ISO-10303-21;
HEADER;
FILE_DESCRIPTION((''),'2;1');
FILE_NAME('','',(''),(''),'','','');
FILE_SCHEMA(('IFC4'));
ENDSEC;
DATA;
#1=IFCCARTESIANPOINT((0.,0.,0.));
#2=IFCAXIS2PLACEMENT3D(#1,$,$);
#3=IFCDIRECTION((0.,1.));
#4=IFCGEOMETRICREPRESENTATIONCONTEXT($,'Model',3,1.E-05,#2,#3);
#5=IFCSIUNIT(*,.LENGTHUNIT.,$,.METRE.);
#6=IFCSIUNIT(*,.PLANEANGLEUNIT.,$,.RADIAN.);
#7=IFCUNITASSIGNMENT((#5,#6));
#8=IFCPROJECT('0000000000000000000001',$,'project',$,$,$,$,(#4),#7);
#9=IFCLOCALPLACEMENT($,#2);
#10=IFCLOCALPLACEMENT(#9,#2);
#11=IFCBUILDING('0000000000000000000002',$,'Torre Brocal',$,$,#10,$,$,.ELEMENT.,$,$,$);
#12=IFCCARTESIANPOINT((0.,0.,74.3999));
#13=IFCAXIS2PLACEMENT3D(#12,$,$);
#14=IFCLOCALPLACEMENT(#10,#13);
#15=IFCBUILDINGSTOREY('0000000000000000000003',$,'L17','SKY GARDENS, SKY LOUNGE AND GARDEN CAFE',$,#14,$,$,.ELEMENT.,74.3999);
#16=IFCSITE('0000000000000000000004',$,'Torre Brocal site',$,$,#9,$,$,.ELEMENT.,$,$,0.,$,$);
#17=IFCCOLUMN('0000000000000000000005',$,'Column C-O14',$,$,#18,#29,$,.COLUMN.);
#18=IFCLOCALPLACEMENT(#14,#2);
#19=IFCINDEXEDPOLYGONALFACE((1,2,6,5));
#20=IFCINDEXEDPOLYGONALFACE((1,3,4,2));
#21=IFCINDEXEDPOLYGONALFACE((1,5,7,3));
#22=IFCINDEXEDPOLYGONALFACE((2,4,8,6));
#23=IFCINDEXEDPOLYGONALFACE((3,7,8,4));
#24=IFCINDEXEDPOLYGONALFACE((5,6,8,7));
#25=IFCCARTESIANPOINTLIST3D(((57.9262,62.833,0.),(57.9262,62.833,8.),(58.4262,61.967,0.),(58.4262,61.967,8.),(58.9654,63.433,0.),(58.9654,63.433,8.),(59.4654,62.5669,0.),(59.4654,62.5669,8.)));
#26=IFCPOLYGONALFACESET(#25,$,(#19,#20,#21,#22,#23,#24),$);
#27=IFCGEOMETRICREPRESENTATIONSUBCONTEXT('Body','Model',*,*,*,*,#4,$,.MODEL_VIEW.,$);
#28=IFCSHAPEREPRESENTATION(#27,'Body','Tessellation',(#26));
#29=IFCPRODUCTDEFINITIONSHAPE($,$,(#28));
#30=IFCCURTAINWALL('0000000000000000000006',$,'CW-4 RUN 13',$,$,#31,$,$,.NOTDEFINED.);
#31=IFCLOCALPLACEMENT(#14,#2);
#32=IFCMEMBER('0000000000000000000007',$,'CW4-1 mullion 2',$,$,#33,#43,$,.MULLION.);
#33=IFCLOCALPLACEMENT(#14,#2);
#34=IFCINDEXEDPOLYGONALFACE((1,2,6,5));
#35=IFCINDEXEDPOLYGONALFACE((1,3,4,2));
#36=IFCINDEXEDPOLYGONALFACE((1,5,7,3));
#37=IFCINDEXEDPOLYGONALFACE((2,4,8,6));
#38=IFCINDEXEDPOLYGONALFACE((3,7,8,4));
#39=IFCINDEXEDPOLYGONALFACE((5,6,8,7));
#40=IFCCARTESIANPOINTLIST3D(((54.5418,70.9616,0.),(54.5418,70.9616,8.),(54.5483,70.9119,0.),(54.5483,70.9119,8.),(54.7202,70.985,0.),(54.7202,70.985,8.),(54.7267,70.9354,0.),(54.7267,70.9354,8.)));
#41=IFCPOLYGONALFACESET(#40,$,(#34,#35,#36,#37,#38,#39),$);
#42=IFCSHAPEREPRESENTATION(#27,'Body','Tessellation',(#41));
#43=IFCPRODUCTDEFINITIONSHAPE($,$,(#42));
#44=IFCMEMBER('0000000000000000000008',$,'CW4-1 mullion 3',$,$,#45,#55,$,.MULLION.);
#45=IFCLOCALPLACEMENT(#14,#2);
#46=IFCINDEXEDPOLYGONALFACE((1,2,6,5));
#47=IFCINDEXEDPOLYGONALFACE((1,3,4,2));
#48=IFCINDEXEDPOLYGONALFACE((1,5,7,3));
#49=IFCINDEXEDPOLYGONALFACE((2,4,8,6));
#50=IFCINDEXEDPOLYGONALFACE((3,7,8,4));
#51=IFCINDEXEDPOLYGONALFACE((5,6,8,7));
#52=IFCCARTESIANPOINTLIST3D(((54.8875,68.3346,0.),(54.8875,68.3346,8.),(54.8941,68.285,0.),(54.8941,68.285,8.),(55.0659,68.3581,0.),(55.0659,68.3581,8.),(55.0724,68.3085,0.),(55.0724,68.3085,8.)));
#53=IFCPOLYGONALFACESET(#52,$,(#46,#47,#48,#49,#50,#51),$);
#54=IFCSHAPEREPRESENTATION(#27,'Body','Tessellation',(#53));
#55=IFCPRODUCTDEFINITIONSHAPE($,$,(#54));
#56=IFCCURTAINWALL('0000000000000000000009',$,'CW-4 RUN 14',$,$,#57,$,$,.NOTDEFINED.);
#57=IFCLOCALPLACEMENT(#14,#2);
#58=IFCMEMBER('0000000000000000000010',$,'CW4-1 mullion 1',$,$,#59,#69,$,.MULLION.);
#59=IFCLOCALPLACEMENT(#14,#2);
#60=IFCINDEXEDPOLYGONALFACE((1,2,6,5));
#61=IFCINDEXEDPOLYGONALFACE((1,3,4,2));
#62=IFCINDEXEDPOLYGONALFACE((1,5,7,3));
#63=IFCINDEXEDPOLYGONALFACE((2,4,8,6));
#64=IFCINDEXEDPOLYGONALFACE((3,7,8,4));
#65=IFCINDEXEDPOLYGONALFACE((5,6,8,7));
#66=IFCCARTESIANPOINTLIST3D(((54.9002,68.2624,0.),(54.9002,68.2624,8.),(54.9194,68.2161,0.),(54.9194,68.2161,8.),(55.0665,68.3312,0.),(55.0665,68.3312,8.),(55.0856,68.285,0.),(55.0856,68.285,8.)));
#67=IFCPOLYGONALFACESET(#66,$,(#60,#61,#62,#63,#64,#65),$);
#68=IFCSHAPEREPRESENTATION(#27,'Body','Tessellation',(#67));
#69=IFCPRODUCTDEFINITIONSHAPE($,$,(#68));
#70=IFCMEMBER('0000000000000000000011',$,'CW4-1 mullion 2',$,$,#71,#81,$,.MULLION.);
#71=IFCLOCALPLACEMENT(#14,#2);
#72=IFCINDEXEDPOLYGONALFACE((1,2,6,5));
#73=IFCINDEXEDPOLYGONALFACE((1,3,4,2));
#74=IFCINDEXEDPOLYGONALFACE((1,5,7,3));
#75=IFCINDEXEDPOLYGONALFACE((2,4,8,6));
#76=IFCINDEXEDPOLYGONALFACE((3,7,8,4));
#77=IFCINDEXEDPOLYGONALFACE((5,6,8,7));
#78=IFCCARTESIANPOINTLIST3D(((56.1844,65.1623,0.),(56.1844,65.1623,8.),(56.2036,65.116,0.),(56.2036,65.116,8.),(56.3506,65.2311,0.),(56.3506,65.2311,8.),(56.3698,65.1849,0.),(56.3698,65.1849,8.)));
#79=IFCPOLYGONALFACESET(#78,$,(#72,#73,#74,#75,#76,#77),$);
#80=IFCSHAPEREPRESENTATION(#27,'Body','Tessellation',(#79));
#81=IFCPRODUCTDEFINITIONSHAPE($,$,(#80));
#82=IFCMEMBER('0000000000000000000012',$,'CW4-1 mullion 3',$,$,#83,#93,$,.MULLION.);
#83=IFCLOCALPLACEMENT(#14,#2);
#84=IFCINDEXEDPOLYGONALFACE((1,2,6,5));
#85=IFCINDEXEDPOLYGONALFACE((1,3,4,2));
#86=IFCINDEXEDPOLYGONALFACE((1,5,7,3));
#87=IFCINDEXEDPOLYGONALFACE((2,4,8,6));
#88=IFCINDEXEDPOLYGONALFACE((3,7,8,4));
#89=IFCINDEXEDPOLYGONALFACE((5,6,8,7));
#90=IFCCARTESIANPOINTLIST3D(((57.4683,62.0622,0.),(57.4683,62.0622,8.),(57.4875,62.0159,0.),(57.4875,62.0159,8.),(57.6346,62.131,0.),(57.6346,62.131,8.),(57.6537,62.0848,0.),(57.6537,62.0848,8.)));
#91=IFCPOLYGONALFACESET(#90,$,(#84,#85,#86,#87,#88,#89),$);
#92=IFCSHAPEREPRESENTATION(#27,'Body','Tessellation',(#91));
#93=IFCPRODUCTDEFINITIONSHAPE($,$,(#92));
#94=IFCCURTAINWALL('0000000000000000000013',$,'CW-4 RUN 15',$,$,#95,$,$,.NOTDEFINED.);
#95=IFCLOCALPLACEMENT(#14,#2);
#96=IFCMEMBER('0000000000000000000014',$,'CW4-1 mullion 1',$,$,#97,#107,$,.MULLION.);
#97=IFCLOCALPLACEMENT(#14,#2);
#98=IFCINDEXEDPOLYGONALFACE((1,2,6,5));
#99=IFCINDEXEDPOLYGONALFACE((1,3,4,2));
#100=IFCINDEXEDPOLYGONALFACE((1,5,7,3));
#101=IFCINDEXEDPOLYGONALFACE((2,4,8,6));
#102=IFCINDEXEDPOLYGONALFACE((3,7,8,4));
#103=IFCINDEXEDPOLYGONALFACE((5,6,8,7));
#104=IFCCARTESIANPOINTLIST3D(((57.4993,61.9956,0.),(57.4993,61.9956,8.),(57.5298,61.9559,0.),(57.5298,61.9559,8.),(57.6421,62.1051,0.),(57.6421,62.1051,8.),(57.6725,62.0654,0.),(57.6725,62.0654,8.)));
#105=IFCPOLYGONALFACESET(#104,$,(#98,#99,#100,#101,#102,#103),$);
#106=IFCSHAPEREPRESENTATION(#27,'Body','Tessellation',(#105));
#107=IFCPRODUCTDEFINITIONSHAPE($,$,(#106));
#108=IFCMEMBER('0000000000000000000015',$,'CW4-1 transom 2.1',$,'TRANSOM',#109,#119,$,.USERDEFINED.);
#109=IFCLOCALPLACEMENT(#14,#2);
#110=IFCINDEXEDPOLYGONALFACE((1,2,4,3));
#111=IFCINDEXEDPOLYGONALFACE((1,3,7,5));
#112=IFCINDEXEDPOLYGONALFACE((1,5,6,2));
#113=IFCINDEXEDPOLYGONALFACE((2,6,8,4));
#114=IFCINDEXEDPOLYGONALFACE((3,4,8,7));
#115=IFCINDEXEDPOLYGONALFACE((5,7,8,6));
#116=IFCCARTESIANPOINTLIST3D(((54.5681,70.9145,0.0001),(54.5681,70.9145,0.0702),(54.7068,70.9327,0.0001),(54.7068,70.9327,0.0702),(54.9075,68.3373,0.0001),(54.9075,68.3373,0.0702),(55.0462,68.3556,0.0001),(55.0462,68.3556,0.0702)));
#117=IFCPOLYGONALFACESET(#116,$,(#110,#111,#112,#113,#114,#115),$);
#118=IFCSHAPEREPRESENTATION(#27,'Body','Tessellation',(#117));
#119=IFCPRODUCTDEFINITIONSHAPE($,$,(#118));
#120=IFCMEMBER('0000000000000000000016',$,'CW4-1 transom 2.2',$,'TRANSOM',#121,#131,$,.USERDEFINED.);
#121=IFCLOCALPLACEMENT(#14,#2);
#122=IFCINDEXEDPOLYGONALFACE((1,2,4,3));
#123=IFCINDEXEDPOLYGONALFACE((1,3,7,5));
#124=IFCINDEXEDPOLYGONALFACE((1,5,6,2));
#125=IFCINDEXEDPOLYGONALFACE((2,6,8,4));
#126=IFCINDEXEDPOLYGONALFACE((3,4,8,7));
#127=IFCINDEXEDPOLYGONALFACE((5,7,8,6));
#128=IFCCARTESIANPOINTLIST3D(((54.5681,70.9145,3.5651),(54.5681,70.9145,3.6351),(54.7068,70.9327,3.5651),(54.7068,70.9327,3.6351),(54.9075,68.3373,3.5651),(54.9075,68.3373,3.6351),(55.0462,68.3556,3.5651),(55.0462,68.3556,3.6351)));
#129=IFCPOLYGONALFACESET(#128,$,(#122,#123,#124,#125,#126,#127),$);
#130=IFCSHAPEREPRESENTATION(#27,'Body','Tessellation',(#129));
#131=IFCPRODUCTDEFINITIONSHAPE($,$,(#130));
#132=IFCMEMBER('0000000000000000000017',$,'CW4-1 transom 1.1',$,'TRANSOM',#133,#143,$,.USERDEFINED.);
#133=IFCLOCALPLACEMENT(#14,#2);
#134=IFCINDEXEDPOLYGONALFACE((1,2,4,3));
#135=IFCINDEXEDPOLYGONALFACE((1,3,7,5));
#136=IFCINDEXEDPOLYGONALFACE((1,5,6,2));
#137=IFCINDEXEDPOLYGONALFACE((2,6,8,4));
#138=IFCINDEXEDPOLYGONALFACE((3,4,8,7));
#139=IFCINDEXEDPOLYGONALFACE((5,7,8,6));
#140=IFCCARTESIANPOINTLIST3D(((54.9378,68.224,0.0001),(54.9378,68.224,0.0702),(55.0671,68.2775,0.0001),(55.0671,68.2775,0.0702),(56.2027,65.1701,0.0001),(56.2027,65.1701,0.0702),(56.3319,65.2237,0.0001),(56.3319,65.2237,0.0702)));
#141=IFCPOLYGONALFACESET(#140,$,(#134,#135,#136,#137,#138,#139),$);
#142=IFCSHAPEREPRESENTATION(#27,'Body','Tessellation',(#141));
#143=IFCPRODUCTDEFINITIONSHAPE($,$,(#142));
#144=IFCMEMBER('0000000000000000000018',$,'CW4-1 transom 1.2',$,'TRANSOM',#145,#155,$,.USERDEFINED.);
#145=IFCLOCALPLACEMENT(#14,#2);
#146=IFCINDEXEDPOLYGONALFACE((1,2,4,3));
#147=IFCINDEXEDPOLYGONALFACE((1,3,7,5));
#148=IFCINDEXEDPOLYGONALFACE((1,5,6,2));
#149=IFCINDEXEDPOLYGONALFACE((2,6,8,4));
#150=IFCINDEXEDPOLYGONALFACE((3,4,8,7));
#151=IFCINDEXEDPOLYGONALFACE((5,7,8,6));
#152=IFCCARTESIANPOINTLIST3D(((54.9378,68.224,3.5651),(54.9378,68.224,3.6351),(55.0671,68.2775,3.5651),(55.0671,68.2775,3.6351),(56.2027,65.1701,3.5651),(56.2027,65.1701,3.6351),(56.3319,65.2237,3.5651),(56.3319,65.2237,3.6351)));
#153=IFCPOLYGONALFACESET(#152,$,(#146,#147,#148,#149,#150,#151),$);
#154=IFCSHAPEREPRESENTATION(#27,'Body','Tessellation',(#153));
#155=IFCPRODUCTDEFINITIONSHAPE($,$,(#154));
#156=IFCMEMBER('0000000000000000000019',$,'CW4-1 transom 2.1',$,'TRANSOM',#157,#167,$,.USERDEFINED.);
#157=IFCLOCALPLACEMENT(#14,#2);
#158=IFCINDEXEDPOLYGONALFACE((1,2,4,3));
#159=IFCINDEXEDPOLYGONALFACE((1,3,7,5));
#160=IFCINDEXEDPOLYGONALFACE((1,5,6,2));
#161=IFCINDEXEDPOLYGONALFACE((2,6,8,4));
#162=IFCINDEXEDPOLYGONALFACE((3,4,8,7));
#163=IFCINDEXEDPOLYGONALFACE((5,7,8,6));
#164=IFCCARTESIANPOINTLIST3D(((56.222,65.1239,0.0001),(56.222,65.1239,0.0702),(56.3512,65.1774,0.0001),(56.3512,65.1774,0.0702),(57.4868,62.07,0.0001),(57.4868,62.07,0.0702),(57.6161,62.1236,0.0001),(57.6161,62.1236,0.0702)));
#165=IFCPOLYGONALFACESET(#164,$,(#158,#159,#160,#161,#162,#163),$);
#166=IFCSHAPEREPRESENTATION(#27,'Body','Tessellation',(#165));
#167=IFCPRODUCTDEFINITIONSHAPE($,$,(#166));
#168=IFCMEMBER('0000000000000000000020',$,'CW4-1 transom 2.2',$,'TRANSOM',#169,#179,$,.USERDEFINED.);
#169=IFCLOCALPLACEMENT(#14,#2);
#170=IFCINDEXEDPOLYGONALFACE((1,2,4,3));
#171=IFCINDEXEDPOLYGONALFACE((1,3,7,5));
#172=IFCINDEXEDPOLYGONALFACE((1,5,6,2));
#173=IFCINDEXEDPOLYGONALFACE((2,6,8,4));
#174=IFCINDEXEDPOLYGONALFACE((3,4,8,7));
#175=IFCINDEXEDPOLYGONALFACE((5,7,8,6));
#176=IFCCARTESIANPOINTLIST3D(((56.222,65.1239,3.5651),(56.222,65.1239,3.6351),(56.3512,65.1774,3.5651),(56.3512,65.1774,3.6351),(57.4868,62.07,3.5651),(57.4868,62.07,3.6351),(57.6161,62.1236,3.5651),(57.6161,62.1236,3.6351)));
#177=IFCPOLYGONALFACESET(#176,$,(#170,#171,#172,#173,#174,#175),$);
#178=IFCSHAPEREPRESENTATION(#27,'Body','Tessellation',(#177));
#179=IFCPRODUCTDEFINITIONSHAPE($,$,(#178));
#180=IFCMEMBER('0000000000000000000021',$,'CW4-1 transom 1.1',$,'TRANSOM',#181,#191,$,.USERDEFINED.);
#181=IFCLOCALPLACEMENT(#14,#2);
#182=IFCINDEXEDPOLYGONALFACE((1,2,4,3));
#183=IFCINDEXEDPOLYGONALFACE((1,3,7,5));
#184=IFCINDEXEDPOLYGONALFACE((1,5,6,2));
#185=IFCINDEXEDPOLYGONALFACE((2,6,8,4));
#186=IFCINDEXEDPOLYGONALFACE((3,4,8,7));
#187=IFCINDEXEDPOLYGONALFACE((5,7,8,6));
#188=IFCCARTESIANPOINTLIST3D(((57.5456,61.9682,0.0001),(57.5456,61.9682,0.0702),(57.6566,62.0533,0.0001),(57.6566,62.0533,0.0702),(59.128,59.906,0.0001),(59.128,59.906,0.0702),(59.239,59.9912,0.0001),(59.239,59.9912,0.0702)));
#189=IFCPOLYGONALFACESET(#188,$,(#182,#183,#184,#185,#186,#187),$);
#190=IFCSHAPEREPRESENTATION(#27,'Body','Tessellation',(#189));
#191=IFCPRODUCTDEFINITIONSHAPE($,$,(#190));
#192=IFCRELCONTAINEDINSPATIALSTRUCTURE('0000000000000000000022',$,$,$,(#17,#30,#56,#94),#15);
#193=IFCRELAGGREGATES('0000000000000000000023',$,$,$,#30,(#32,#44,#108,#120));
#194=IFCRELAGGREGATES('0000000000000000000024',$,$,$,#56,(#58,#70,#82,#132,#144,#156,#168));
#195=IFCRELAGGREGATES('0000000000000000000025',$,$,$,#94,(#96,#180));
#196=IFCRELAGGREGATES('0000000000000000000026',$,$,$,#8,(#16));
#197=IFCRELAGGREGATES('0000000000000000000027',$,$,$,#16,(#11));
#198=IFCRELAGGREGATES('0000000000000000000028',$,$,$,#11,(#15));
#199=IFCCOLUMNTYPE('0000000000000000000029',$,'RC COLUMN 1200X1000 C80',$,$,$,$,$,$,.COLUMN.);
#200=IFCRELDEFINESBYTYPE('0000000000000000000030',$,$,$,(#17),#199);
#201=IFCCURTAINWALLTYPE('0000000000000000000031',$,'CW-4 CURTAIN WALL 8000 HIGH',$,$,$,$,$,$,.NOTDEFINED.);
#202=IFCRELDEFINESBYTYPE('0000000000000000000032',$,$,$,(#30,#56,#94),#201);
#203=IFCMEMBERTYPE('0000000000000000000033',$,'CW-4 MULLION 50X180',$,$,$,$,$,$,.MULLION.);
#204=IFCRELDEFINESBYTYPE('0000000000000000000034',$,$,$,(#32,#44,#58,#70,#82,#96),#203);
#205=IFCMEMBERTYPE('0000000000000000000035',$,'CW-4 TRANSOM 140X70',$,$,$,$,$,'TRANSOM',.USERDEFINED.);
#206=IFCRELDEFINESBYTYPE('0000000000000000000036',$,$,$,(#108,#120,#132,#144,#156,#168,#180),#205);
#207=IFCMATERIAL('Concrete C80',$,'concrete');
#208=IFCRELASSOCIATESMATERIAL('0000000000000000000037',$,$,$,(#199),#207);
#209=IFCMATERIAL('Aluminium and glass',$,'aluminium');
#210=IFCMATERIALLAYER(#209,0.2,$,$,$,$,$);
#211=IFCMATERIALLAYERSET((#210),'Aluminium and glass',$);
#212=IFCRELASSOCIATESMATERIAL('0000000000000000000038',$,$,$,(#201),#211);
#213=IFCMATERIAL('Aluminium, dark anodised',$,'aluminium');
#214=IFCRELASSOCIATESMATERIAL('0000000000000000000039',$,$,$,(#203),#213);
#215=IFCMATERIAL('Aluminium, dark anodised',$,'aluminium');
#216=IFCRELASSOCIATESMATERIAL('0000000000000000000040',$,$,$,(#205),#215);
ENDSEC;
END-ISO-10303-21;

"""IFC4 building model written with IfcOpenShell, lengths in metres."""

from ifc_helpers import new_model, si_unit, direction, frame, origin, origin_2d, place, context, subcontext, project, spatial, rectangle, extrude, material, layer, layer_set, material_profile, profile_set, type_object, element, aggregate, save


model = new_model("IFC4")

# Units and contexts
model_context = context("Model", 3, precision=1e-05, world=origin(), true_north=direction((0.0, 1.0)))
body_context = subcontext(model_context, "Body", "Model", "MODEL_VIEW")
ifc_project = project(units=[si_unit("LENGTHUNIT", "METRE"), si_unit("PLANEANGLEUNIT", "RADIAN")], contexts=[model_context])

# Site, building, storey
site_placement = place(None, origin())
site = spatial("IfcSite", under=ifc_project, at=site_placement, Name="Torre Brocal site", CompositionType="ELEMENT", RefElevation=0.0)
building_placement = place(site_placement, origin())
building = spatial("IfcBuilding", under=site, at=building_placement, Name="Torre Brocal", CompositionType="ELEMENT")
storey_placement = place(building_placement, frame((0.0, 0.0, 74.3999)))
storey = spatial("IfcBuildingStorey", under=building, at=storey_placement, Name="L17", Description="SKY GARDENS, SKY LOUNGE AND GARDEN CAFE", CompositionType="ELEMENT", Elevation=74.3999)

# Column
ifc_material_1 = material(Name="Concrete C80", Category="concrete")
ifc_material_profile_1 = material_profile(ifc_material_1, rectangle(XDim=1.2, YDim=1.0, at=origin_2d()), Name="RC 1200X1000")
ifc_profile_set_1 = profile_set([ifc_material_profile_1], Name="Concrete C80")
column_type = type_object("IfcColumnType", Name="RC COLUMN 1200X1000 C80", PredefinedType="COLUMN", material=ifc_profile_set_1)
column_placement = place(storey_placement, frame((58.6958, 62.7, 0.0), z_axis=(0.0, 0.0, 1.0), x_axis=(-0.866025, -0.5, 0.0)))
element("IfcColumn", 1, at=column_placement, inside=storey, type_object=column_type, Name="Column C-O14", PredefinedType="COLUMN", context=body_context, shape_type="SweptSolid", body=[
    extrude(rectangle(XDim=1.2, YDim=1.0, at=origin_2d()), origin(), (0.0, 0.0, 1.0), 8.0),
])

# Curtain walls, members
ifc_material_2 = material(Name="Aluminium and glass", Category="aluminium")
ifc_layer_1 = layer(ifc_material_2, 0.2)
ifc_layer_set_1 = layer_set([ifc_layer_1], Name="Aluminium and glass")
curtain_wall_type = type_object("IfcCurtainWallType", Name="CW-4 CURTAIN WALL 8000 HIGH", PredefinedType="NOTDEFINED", material=ifc_layer_set_1)
curtain_wall_1_placement = place(storey_placement, origin())
curtain_wall_1 = element("IfcCurtainWall", 2, at=curtain_wall_1_placement, inside=storey, type_object=curtain_wall_type, Name="CW-4 RUN 13", PredefinedType="NOTDEFINED")
ifc_material_3 = material(Name="Aluminium, dark anodised", Category="aluminium")
ifc_material_profile_2 = material_profile(ifc_material_3, rectangle(XDim=0.1799, YDim=0.05, at=origin_2d()), Name="CW-4 MULLION 50X180")
ifc_profile_set_2 = profile_set([ifc_material_profile_2], Name="Aluminium, dark anodised")
member_type_1 = type_object("IfcMemberType", Name="CW-4 MULLION 50X180", PredefinedType="MULLION", material=ifc_profile_set_2)
member_1_placement = place(storey_placement, frame((54.6343, 70.9485, 0.0), z_axis=(0.0, 0.0, 1.0), x_axis=(0.991445, 0.130526, 0.0)))
member_1 = element("IfcMember", 3, at=member_1_placement, type_object=member_type_1, Name="CW4-1 mullion 2", PredefinedType="MULLION", context=body_context, shape_type="SweptSolid", body=[
    extrude(rectangle(XDim=0.1799, YDim=0.05, at=origin_2d()), origin(), (0.0, 0.0, 1.0), 8.0),
])
member_2_placement = place(storey_placement, frame((54.98, 68.3215, 0.0), z_axis=(0.0, 0.0, 1.0), x_axis=(0.991445, 0.130526, 0.0)))
member_2 = element("IfcMember", 4, at=member_2_placement, type_object=member_type_1, Name="CW4-1 mullion 3", PredefinedType="MULLION", context=body_context, shape_type="SweptSolid", body=[
    extrude(rectangle(XDim=0.1799, YDim=0.05, at=origin_2d()), origin(), (0.0, 0.0, 1.0), 8.0),
])
curtain_wall_2_placement = place(storey_placement, origin())
curtain_wall_2 = element("IfcCurtainWall", 5, at=curtain_wall_2_placement, inside=storey, type_object=curtain_wall_type, Name="CW-4 RUN 14", PredefinedType="NOTDEFINED")
member_3_placement = place(storey_placement, frame((54.9929, 68.2737, 0.0), z_axis=(0.0, 0.0, 1.0), x_axis=(0.92388, 0.382683, 0.0)))
member_3 = element("IfcMember", 6, at=member_3_placement, type_object=member_type_1, Name="CW4-1 mullion 1", PredefinedType="MULLION", context=body_context, shape_type="SweptSolid", body=[
    extrude(rectangle(XDim=0.1799, YDim=0.05, at=origin_2d()), origin(), (0.0, 0.0, 1.0), 8.0),
])
member_4_placement = place(storey_placement, frame((56.2771, 65.1736, 0.0), z_axis=(0.0, 0.0, 1.0), x_axis=(0.92388, 0.382683, 0.0)))
member_4 = element("IfcMember", 7, at=member_4_placement, type_object=member_type_1, Name="CW4-1 mullion 2", PredefinedType="MULLION", context=body_context, shape_type="SweptSolid", body=[
    extrude(rectangle(XDim=0.1799, YDim=0.05, at=origin_2d()), origin(), (0.0, 0.0, 1.0), 8.0),
])
member_5_placement = place(storey_placement, frame((57.561, 62.0735, 0.0), z_axis=(0.0, 0.0, 1.0), x_axis=(0.92388, 0.382683, 0.0)))
member_5 = element("IfcMember", 8, at=member_5_placement, type_object=member_type_1, Name="CW4-1 mullion 3", PredefinedType="MULLION", context=body_context, shape_type="SweptSolid", body=[
    extrude(rectangle(XDim=0.1799, YDim=0.05, at=origin_2d()), origin(), (0.0, 0.0, 1.0), 8.0),
])

# Curtain wall, member
curtain_wall_3_placement = place(storey_placement, origin())
curtain_wall_3 = element("IfcCurtainWall", 9, at=curtain_wall_3_placement, inside=storey, type_object=curtain_wall_type, Name="CW-4 RUN 15", PredefinedType="NOTDEFINED")
member_6_placement = place(storey_placement, frame((57.5859, 62.0305, 0.0), z_axis=(0.0, 0.0, 1.0), x_axis=(0.793353, 0.608761, 0.0)))
member_6 = element("IfcMember", 10, at=member_6_placement, type_object=member_type_1, Name="CW4-1 mullion 1", PredefinedType="MULLION", context=body_context, shape_type="SweptSolid", body=[
    extrude(rectangle(XDim=0.1799, YDim=0.05, at=origin_2d()), origin(), (0.0, 0.0, 1.0), 8.0),
])

# Members
ifc_material_4 = material(Name="Aluminium, dark anodised", Category="aluminium")
ifc_material_profile_3 = material_profile(ifc_material_4, rectangle(XDim=0.1399, YDim=0.0701, at=origin_2d()), Name="CW-4 TRANSOM 140X70")
ifc_profile_set_3 = profile_set([ifc_material_profile_3], Name="Aluminium, dark anodised")
member_type_2 = type_object("IfcMemberType", Name="CW-4 TRANSOM 140X70", ElementType="TRANSOM", PredefinedType="USERDEFINED", material=ifc_profile_set_3)
member_7_placement = place(storey_placement, frame((54.6375, 70.9236, 0.0352), z_axis=(0.130552, -0.991442, 0.0), x_axis=(0.991442, 0.130552, 0.0)))
member_7 = element("IfcMember", 11, at=member_7_placement, type_object=member_type_2, Name="CW4-1 transom 2.1", ObjectType="TRANSOM", PredefinedType="USERDEFINED", context=body_context, shape_type="SweptSolid", body=[
    extrude(rectangle(XDim=0.1399, YDim=0.0701, at=origin_2d()), origin(), (0.0, 0.0, 1.0), 2.5994),
])
member_8_placement = place(storey_placement, frame((54.6375, 70.9236, 3.6001), z_axis=(0.130552, -0.991442, 0.0), x_axis=(0.991442, 0.130552, 0.0)))
member_8 = element("IfcMember", 12, at=member_8_placement, type_object=member_type_2, Name="CW4-1 transom 2.2", ObjectType="TRANSOM", PredefinedType="USERDEFINED", context=body_context, shape_type="SweptSolid", body=[
    extrude(rectangle(XDim=0.1399, YDim=0.0701, at=origin_2d()), origin(), (0.0, 0.0, 1.0), 2.5994),
])
member_9_placement = place(storey_placement, frame((55.0024, 68.2507, 0.0352), z_axis=(0.382658, -0.92389, 0.0), x_axis=(0.92389, 0.382658, 0.0)))
member_9 = element("IfcMember", 13, at=member_9_placement, type_object=member_type_2, Name="CW4-1 transom 1.1", ObjectType="TRANSOM", PredefinedType="USERDEFINED", context=body_context, shape_type="SweptSolid", body=[
    extrude(rectangle(XDim=0.1399, YDim=0.0701, at=origin_2d()), origin(), (0.0, 0.0, 1.0), 3.3054),
])
member_10_placement = place(storey_placement, frame((55.0024, 68.2507, 3.6001), z_axis=(0.382658, -0.92389, 0.0), x_axis=(0.92389, 0.382658, 0.0)))
member_10 = element("IfcMember", 14, at=member_10_placement, type_object=member_type_2, Name="CW4-1 transom 1.2", ObjectType="TRANSOM", PredefinedType="USERDEFINED", context=body_context, shape_type="SweptSolid", body=[
    extrude(rectangle(XDim=0.1399, YDim=0.0701, at=origin_2d()), origin(), (0.0, 0.0, 1.0), 3.3054),
])
member_11_placement = place(storey_placement, frame((56.2866, 65.1506, 0.0352), z_axis=(0.382658, -0.92389, 0.0), x_axis=(0.92389, 0.382658, 0.0)))
member_11 = element("IfcMember", 15, at=member_11_placement, type_object=member_type_2, Name="CW4-1 transom 2.1", ObjectType="TRANSOM", PredefinedType="USERDEFINED", context=body_context, shape_type="SweptSolid", body=[
    extrude(rectangle(XDim=0.1399, YDim=0.0701, at=origin_2d()), origin(), (0.0, 0.0, 1.0), 3.3054),
])
member_12_placement = place(storey_placement, frame((56.2866, 65.1506, 3.6001), z_axis=(0.382658, -0.92389, 0.0), x_axis=(0.92389, 0.382658, 0.0)))
member_12 = element("IfcMember", 16, at=member_12_placement, type_object=member_type_2, Name="CW4-1 transom 2.2", ObjectType="TRANSOM", PredefinedType="USERDEFINED", context=body_context, shape_type="SweptSolid", body=[
    extrude(rectangle(XDim=0.1399, YDim=0.0701, at=origin_2d()), origin(), (0.0, 0.0, 1.0), 3.3054),
])
member_13_placement = place(storey_placement, frame((57.6011, 62.0107, 0.0352), z_axis=(0.608784, -0.793336, 0.0), x_axis=(0.793336, 0.608784, 0.0)))
member_13 = element("IfcMember", 17, at=member_13_placement, type_object=member_type_2, Name="CW4-1 transom 1.1", ObjectType="TRANSOM", PredefinedType="USERDEFINED", context=body_context, shape_type="SweptSolid", body=[
    extrude(rectangle(XDim=0.1399, YDim=0.0701, at=origin_2d()), origin(), (0.0, 0.0, 1.0), 2.5994),
])

aggregate(curtain_wall_1, [member_1, member_2, member_7, member_8])
aggregate(curtain_wall_2, [member_3, member_4, member_5, member_9, member_10, member_11, member_12])
aggregate(curtain_wall_3, [member_6, member_13])

save(model, "model.ifc")
